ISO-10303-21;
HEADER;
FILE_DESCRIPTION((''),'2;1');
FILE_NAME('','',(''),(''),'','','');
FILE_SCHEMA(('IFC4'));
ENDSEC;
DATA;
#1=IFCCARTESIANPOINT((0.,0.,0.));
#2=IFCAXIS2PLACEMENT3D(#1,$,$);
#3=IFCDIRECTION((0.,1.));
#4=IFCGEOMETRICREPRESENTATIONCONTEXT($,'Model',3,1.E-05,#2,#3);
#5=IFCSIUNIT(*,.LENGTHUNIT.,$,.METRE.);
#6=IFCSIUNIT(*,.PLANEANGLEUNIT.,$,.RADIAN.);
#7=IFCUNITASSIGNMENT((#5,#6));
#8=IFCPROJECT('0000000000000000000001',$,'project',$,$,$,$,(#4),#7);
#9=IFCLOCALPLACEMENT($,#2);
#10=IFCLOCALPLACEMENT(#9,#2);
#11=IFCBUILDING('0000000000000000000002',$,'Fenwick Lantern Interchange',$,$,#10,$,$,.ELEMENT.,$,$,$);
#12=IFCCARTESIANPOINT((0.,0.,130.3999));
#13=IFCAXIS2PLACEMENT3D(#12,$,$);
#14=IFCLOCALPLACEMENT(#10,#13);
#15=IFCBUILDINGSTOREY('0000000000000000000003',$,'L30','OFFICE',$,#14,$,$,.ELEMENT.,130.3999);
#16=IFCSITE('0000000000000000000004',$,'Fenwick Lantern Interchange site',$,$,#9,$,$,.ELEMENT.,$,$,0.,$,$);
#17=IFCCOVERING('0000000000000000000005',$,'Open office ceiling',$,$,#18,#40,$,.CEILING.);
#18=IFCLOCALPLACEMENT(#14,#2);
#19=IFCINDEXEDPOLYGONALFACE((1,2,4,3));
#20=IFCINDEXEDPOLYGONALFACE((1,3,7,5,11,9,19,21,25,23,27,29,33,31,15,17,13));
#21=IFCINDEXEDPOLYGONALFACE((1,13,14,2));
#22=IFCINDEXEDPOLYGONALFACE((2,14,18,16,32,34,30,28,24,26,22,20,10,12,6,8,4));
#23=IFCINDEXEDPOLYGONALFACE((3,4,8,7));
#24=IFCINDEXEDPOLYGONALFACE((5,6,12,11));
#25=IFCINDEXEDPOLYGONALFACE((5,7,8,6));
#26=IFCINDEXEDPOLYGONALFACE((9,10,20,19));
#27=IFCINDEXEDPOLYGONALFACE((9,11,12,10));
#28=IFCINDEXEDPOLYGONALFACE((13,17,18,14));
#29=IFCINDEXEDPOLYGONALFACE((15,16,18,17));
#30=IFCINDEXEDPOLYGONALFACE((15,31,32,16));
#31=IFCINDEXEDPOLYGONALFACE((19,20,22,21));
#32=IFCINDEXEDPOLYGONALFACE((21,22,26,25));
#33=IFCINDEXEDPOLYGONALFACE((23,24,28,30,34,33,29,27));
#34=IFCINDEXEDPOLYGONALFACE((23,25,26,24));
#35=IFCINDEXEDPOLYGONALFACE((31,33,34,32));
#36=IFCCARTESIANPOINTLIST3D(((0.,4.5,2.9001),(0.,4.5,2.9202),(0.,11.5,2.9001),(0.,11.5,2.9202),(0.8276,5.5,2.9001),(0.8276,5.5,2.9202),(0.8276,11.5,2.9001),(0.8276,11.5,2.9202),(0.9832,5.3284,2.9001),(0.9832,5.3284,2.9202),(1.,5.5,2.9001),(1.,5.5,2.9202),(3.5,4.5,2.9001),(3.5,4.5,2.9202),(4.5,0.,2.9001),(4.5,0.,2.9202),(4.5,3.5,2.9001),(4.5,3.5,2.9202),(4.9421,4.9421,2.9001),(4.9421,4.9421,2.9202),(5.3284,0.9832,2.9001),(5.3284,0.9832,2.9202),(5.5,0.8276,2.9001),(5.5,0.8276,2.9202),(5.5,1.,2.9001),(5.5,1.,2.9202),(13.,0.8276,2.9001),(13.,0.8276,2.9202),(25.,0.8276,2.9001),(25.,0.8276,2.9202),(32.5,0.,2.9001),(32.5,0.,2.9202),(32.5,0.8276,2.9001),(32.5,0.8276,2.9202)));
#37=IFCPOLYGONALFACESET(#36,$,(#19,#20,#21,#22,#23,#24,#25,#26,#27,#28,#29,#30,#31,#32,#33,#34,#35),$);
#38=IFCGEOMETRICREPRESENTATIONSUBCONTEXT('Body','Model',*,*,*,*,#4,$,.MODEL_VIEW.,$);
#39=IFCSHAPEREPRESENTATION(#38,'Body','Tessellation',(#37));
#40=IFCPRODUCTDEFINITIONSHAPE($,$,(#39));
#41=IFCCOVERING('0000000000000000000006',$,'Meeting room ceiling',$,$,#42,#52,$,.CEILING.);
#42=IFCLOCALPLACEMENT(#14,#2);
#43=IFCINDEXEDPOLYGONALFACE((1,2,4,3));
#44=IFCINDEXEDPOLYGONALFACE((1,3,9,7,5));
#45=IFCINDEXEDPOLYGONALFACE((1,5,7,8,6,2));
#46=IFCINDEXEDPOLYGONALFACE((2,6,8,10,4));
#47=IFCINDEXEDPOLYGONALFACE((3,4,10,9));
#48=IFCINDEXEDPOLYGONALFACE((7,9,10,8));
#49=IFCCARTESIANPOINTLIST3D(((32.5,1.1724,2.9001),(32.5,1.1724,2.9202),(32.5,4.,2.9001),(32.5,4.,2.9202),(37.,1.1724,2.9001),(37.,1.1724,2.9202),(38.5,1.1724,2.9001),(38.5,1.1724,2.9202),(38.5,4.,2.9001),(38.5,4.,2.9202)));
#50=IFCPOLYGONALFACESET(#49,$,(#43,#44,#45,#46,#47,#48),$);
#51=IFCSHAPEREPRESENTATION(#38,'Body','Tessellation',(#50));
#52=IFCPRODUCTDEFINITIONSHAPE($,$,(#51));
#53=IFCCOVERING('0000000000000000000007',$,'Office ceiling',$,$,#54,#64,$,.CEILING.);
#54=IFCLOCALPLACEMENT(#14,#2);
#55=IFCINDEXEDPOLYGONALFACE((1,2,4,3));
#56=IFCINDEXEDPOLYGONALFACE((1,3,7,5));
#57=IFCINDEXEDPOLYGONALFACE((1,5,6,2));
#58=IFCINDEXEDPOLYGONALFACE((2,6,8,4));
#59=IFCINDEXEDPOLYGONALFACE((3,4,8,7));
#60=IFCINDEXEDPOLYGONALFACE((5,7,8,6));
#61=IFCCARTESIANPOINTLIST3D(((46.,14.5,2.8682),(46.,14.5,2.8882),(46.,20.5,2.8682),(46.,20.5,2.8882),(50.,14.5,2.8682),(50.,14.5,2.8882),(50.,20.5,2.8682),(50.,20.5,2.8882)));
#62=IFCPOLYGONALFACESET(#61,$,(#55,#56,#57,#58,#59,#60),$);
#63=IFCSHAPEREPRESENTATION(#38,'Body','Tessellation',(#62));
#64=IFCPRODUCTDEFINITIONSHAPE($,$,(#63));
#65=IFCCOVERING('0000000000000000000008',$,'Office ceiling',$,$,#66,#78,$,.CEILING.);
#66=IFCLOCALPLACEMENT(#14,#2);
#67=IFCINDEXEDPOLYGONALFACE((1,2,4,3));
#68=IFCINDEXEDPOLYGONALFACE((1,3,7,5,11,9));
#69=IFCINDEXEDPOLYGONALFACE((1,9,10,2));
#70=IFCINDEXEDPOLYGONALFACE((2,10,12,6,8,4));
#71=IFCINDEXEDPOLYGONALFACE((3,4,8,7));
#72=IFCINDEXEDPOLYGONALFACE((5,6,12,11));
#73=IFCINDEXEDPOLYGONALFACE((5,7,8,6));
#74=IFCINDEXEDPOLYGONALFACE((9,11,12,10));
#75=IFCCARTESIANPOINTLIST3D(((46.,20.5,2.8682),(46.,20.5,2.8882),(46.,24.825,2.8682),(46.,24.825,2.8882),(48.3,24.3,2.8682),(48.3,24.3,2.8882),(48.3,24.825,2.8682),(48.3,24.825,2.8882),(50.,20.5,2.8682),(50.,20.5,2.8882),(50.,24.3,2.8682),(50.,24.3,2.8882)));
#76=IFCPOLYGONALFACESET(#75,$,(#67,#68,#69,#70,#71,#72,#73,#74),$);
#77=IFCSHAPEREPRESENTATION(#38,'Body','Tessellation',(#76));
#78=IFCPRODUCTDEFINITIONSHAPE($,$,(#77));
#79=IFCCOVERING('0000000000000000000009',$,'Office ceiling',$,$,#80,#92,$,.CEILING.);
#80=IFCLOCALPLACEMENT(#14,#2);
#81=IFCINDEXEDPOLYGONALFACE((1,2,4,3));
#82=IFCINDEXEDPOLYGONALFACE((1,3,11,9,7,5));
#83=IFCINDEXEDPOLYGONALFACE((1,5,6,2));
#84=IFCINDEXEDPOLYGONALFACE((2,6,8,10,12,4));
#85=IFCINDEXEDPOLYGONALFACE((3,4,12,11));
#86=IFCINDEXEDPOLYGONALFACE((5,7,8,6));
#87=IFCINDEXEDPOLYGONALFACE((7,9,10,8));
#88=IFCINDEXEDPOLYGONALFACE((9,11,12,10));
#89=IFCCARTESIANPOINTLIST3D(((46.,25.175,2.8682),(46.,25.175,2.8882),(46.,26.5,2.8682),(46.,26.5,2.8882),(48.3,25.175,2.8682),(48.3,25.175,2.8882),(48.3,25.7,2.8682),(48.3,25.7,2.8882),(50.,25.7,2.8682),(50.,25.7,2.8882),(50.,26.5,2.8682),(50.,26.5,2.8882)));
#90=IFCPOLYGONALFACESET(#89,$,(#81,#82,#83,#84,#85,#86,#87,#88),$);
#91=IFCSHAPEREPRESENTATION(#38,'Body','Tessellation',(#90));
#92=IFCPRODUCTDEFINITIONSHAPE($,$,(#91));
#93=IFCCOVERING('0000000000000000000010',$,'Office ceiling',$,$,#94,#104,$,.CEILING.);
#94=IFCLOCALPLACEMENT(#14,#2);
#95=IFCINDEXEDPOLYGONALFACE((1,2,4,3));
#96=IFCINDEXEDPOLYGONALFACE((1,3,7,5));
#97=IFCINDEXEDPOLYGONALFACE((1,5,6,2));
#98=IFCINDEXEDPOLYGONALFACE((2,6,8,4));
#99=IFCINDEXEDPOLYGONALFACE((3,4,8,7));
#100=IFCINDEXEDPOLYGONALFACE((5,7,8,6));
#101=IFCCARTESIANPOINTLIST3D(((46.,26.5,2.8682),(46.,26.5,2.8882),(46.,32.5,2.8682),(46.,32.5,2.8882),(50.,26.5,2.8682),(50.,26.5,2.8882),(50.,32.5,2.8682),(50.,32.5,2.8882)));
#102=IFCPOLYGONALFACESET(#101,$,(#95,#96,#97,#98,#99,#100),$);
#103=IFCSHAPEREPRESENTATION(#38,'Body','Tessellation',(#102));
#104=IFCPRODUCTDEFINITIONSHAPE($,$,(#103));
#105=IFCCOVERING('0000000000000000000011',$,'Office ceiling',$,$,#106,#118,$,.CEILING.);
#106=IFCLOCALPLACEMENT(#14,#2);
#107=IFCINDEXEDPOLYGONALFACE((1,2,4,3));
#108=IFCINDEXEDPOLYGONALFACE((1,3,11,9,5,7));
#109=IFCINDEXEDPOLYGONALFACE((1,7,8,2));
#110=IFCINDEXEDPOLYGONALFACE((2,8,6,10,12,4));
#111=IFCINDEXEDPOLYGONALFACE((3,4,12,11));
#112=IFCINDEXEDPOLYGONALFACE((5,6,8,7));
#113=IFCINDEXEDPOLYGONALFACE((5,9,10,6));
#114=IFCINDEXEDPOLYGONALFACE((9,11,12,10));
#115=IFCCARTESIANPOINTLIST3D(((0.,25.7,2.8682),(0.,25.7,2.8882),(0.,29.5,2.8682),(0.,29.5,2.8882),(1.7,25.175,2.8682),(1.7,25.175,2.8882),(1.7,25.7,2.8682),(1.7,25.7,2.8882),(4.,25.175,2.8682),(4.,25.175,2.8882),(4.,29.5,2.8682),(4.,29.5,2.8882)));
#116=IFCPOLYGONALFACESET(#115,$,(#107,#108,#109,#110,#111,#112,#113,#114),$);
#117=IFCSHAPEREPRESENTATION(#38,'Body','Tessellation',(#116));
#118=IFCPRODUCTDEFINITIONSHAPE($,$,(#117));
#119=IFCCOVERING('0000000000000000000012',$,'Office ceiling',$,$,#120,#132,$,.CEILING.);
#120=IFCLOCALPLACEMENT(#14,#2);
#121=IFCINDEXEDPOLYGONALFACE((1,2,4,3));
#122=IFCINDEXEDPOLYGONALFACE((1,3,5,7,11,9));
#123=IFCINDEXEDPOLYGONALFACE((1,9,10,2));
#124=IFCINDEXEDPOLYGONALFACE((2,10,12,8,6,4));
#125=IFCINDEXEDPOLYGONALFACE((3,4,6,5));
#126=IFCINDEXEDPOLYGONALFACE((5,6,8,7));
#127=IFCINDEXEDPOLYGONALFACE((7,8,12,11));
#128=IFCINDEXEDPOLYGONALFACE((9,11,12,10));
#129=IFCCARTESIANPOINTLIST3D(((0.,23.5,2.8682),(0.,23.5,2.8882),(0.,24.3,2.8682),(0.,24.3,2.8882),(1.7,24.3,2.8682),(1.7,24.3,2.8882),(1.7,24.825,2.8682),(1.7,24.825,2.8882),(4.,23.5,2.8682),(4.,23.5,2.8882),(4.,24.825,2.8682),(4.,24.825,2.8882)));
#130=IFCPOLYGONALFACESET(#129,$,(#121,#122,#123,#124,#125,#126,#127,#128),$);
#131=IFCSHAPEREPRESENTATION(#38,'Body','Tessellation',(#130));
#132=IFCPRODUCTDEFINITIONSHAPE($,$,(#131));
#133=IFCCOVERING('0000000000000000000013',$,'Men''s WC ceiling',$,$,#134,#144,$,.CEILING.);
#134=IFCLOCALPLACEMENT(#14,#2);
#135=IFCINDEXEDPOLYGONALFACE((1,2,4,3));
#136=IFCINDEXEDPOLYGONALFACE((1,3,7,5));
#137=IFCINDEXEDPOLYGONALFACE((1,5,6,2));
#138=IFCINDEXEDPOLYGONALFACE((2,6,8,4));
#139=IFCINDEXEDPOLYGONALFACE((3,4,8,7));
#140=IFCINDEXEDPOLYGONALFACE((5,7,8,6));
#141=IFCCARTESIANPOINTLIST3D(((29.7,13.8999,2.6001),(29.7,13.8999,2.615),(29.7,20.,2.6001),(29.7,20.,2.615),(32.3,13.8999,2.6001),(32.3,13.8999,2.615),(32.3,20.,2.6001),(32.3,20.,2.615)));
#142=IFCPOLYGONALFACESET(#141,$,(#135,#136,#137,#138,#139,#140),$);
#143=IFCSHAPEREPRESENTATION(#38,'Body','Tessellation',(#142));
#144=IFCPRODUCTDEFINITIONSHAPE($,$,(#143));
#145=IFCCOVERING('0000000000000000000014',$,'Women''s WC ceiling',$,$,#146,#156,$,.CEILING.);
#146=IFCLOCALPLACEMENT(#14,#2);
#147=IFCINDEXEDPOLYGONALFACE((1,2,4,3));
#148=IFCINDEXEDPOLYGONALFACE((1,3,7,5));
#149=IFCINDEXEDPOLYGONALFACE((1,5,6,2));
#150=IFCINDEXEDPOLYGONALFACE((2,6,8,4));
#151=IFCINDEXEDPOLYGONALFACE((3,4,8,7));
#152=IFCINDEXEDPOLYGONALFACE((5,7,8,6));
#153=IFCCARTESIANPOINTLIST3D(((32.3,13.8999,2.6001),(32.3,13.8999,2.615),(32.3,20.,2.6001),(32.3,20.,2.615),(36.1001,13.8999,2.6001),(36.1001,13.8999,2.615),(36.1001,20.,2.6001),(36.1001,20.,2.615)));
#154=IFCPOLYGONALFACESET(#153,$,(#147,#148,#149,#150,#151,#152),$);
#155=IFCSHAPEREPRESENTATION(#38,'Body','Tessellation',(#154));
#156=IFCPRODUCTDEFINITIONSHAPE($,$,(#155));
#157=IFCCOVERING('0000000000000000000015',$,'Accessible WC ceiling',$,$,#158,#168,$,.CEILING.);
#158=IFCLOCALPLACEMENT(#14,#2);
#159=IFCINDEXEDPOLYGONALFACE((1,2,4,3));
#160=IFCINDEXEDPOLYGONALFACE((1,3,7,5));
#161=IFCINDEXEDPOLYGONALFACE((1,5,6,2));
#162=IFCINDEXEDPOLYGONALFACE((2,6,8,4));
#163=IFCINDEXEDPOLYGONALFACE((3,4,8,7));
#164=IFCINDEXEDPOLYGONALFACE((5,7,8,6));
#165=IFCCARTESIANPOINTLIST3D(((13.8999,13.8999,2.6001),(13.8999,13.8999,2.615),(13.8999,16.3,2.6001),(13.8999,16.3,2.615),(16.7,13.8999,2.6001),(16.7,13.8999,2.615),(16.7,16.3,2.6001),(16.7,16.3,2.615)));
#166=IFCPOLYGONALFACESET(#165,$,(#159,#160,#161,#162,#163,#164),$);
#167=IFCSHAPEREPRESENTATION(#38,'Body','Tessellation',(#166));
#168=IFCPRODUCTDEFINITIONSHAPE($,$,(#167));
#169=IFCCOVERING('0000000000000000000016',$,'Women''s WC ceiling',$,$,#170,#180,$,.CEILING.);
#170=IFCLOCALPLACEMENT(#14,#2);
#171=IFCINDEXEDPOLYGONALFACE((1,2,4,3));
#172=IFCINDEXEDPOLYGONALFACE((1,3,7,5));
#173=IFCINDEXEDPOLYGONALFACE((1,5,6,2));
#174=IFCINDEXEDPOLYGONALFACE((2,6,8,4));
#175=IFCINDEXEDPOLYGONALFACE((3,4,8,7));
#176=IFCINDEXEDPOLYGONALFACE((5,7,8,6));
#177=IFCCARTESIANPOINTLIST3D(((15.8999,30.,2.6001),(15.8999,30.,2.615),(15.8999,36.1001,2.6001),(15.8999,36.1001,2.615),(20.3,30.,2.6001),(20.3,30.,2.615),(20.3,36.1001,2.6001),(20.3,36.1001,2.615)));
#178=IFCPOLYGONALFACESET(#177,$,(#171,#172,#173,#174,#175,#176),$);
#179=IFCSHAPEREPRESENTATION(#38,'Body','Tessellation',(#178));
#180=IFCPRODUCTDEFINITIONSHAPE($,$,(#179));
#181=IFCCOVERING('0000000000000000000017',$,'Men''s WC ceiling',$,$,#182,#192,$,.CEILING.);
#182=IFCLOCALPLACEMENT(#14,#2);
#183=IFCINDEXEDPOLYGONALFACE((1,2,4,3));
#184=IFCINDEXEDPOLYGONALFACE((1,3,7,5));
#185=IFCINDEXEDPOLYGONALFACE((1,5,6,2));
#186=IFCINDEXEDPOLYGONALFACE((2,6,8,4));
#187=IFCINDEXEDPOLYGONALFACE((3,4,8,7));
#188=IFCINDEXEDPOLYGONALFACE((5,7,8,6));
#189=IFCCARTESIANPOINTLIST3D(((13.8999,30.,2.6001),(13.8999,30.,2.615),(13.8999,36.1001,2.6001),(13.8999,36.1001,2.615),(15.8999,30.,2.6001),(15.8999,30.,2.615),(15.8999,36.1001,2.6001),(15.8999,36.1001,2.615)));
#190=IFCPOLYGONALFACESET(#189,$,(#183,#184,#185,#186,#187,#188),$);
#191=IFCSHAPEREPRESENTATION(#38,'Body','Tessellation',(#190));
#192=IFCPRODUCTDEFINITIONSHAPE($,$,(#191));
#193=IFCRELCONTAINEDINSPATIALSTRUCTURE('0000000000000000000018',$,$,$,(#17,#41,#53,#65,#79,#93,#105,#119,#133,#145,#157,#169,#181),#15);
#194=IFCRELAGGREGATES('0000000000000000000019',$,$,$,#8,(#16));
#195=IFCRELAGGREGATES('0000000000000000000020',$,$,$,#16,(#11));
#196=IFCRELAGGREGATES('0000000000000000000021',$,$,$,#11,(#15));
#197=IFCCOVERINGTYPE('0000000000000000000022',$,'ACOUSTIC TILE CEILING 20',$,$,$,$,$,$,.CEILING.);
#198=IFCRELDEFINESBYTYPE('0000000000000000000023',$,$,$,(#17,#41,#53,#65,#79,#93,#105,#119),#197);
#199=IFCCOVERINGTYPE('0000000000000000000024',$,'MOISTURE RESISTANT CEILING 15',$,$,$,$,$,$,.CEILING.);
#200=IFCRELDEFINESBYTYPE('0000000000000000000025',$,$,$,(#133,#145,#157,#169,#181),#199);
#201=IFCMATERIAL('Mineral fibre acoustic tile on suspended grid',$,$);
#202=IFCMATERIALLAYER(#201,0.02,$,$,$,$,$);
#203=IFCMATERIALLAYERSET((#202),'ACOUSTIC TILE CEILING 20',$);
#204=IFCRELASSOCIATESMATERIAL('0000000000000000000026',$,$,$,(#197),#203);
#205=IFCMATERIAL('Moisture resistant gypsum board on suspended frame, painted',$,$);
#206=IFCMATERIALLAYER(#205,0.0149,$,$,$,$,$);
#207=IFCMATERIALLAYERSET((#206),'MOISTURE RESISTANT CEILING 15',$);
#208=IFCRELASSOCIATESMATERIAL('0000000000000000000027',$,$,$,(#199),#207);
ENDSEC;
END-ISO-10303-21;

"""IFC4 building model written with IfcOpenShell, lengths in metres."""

from ifc_helpers import new_model, si_unit, direction, frame, origin, place, context, subcontext, project, spatial, polyline, outline, extrude, material, layer, layer_set, type_object, element, save


model = new_model("IFC4")

# Units and contexts
model_context = context("Model", 3, precision=1e-05, world=origin(), true_north=direction((0.0, 1.0)))
body_context = subcontext(model_context, "Body", "Model", "MODEL_VIEW")
ifc_project = project(units=[si_unit("LENGTHUNIT", "METRE"), si_unit("PLANEANGLEUNIT", "RADIAN")], contexts=[model_context])

# Site, building, storey
site_placement = place(None, origin())
site = spatial("IfcSite", under=ifc_project, at=site_placement, Name="Fenwick Lantern Interchange site", CompositionType="ELEMENT", RefElevation=0.0)
building_placement = place(site_placement, origin())
building = spatial("IfcBuilding", under=site, at=building_placement, Name="Fenwick Lantern Interchange", CompositionType="ELEMENT")
storey_placement = place(building_placement, frame((0.0, 0.0, 130.3999)))
storey = spatial("IfcBuildingStorey", under=building, at=storey_placement, Name="L30", Description="OFFICE", CompositionType="ELEMENT", Elevation=130.3999)

# Coverings
ifc_material_1 = material(Name="Mineral fibre acoustic tile on suspended grid")
ifc_layer_1 = layer(ifc_material_1, 0.02)
ifc_layer_set_1 = layer_set([ifc_layer_1], Name="ACOUSTIC TILE CEILING 20")
covering_type_1 = type_object("IfcCoveringType", Name="ACOUSTIC TILE CEILING 20", PredefinedType="CEILING", material=ifc_layer_set_1)
covering_1_placement = place(storey_placement, frame((0.0, 0.0, 2.9001)))
element("IfcCovering", 1, at=covering_1_placement, inside=storey, type_object=covering_type_1, Name="Open office ceiling", PredefinedType="CEILING", context=body_context, shape_type="SweptSolid", body=[
    extrude(outline(polyline([(4.5, 3.5), (4.5, 0.0), (32.5, 0.0), (32.5, 0.8276), (25.0, 0.8276), (13.0, 0.8276), (5.5, 0.8276), (5.5, 1.0), (5.3284, 0.9832), (4.9421, 4.9421), (0.9832, 5.3284), (1.0, 5.5), (0.8276, 5.5), (0.8276, 11.5), (0.0, 11.5), (0.0, 4.5), (3.5, 4.5), (4.5, 3.5)])), origin(), (0.0, 0.0, 1.0), 0.02),
])
covering_2_placement = place(storey_placement, frame((0.0, 0.0, 2.9001)))
element("IfcCovering", 2, at=covering_2_placement, inside=storey, type_object=covering_type_1, Name="Meeting room ceiling", PredefinedType="CEILING", context=body_context, shape_type="SweptSolid", body=[
    extrude(outline(polyline([(32.5, 4.0), (32.5, 1.1724), (37.0, 1.1724), (38.5, 1.1724), (38.5, 4.0), (32.5, 4.0)])), origin(), (0.0, 0.0, 1.0), 0.02),
])
covering_3_placement = place(storey_placement, frame((0.0, 0.0, 2.8682)))
element("IfcCovering", 3, at=covering_3_placement, inside=storey, type_object=covering_type_1, Name="Office ceiling", PredefinedType="CEILING", context=body_context, shape_type="SweptSolid", body=[
    extrude(outline(polyline([(50.0, 14.5), (50.0, 20.5), (46.0, 20.5), (46.0, 14.5), (50.0, 14.5)])), origin(), (0.0, 0.0, 1.0), 0.02),
])
covering_4_placement = place(storey_placement, frame((0.0, 0.0, 2.8682)))
element("IfcCovering", 4, at=covering_4_placement, inside=storey, type_object=covering_type_1, Name="Office ceiling", PredefinedType="CEILING", context=body_context, shape_type="SweptSolid", body=[
    extrude(outline(polyline([(46.0, 20.5), (50.0, 20.5), (50.0, 24.3), (48.3, 24.3), (48.3, 24.825), (46.0, 24.825), (46.0, 20.5)])), origin(), (0.0, 0.0, 1.0), 0.02),
])
covering_5_placement = place(storey_placement, frame((0.0, 0.0, 2.8682)))
element("IfcCovering", 5, at=covering_5_placement, inside=storey, type_object=covering_type_1, Name="Office ceiling", PredefinedType="CEILING", context=body_context, shape_type="SweptSolid", body=[
    extrude(outline(polyline([(46.0, 26.5), (46.0, 25.175), (48.3, 25.175), (48.3, 25.7), (50.0, 25.7), (50.0, 26.5), (46.0, 26.5)])), origin(), (0.0, 0.0, 1.0), 0.02),
])
covering_6_placement = place(storey_placement, frame((0.0, 0.0, 2.8682)))
element("IfcCovering", 6, at=covering_6_placement, inside=storey, type_object=covering_type_1, Name="Office ceiling", PredefinedType="CEILING", context=body_context, shape_type="SweptSolid", body=[
    extrude(outline(polyline([(50.0, 26.5), (50.0, 32.5), (46.0, 32.5), (46.0, 26.5), (50.0, 26.5)])), origin(), (0.0, 0.0, 1.0), 0.02),
])
covering_7_placement = place(storey_placement, frame((0.0, 0.0, 2.8682)))
element("IfcCovering", 7, at=covering_7_placement, inside=storey, type_object=covering_type_1, Name="Office ceiling", PredefinedType="CEILING", context=body_context, shape_type="SweptSolid", body=[
    extrude(outline(polyline([(4.0, 29.5), (0.0, 29.5), (0.0, 25.7), (1.7, 25.7), (1.7, 25.175), (4.0, 25.175), (4.0, 29.5)])), origin(), (0.0, 0.0, 1.0), 0.02),
])
covering_8_placement = place(storey_placement, frame((0.0, 0.0, 2.8682)))
element("IfcCovering", 8, at=covering_8_placement, inside=storey, type_object=covering_type_1, Name="Office ceiling", PredefinedType="CEILING", context=body_context, shape_type="SweptSolid", body=[
    extrude(outline(polyline([(4.0, 23.5), (4.0, 24.825), (1.7, 24.825), (1.7, 24.3), (0.0, 24.3), (0.0, 23.5), (4.0, 23.5)])), origin(), (0.0, 0.0, 1.0), 0.02),
])
ifc_material_2 = material(Name="Moisture resistant gypsum board on suspended frame, painted")
ifc_layer_2 = layer(ifc_material_2, 0.0149)
ifc_layer_set_2 = layer_set([ifc_layer_2], Name="MOISTURE RESISTANT CEILING 15")
covering_type_2 = type_object("IfcCoveringType", Name="MOISTURE RESISTANT CEILING 15", PredefinedType="CEILING", material=ifc_layer_set_2)
covering_9_placement = place(storey_placement, frame((0.0, 0.0, 2.6001)))
element("IfcCovering", 9, at=covering_9_placement, inside=storey, type_object=covering_type_2, Name="Men's WC ceiling", PredefinedType="CEILING", context=body_context, shape_type="SweptSolid", body=[
    extrude(outline(polyline([(29.7, 13.8999), (32.3, 13.8999), (32.3, 20.0), (29.7, 20.0), (29.7, 13.8999)])), origin(), (0.0, 0.0, 1.0), 0.0149),
])
covering_10_placement = place(storey_placement, frame((0.0, 0.0, 2.6001)))
element("IfcCovering", 10, at=covering_10_placement, inside=storey, type_object=covering_type_2, Name="Women's WC ceiling", PredefinedType="CEILING", context=body_context, shape_type="SweptSolid", body=[
    extrude(outline(polyline([(32.3, 13.8999), (36.1001, 13.8999), (36.1001, 20.0), (32.3, 20.0), (32.3, 13.8999)])), origin(), (0.0, 0.0, 1.0), 0.0149),
])
covering_11_placement = place(storey_placement, frame((0.0, 0.0, 2.6001)))
element("IfcCovering", 11, at=covering_11_placement, inside=storey, type_object=covering_type_2, Name="Accessible WC ceiling", PredefinedType="CEILING", context=body_context, shape_type="SweptSolid", body=[
    extrude(outline(polyline([(13.8999, 13.8999), (16.7, 13.8999), (16.7, 16.3), (13.8999, 16.3), (13.8999, 13.8999)])), origin(), (0.0, 0.0, 1.0), 0.0149),
])
covering_12_placement = place(storey_placement, frame((0.0, 0.0, 2.6001)))
element("IfcCovering", 12, at=covering_12_placement, inside=storey, type_object=covering_type_2, Name="Women's WC ceiling", PredefinedType="CEILING", context=body_context, shape_type="SweptSolid", body=[
    extrude(outline(polyline([(20.3, 36.1001), (15.8999, 36.1001), (15.8999, 30.0), (20.3, 30.0), (20.3, 36.1001)])), origin(), (0.0, 0.0, 1.0), 0.0149),
])
covering_13_placement = place(storey_placement, frame((0.0, 0.0, 2.6001)))
element("IfcCovering", 13, at=covering_13_placement, inside=storey, type_object=covering_type_2, Name="Men's WC ceiling", PredefinedType="CEILING", context=body_context, shape_type="SweptSolid", body=[
    extrude(outline(polyline([(15.8999, 36.1001), (13.8999, 36.1001), (13.8999, 30.0), (15.8999, 30.0), (15.8999, 36.1001)])), origin(), (0.0, 0.0, 1.0), 0.0149),
])

save(model, "model.ifc")
